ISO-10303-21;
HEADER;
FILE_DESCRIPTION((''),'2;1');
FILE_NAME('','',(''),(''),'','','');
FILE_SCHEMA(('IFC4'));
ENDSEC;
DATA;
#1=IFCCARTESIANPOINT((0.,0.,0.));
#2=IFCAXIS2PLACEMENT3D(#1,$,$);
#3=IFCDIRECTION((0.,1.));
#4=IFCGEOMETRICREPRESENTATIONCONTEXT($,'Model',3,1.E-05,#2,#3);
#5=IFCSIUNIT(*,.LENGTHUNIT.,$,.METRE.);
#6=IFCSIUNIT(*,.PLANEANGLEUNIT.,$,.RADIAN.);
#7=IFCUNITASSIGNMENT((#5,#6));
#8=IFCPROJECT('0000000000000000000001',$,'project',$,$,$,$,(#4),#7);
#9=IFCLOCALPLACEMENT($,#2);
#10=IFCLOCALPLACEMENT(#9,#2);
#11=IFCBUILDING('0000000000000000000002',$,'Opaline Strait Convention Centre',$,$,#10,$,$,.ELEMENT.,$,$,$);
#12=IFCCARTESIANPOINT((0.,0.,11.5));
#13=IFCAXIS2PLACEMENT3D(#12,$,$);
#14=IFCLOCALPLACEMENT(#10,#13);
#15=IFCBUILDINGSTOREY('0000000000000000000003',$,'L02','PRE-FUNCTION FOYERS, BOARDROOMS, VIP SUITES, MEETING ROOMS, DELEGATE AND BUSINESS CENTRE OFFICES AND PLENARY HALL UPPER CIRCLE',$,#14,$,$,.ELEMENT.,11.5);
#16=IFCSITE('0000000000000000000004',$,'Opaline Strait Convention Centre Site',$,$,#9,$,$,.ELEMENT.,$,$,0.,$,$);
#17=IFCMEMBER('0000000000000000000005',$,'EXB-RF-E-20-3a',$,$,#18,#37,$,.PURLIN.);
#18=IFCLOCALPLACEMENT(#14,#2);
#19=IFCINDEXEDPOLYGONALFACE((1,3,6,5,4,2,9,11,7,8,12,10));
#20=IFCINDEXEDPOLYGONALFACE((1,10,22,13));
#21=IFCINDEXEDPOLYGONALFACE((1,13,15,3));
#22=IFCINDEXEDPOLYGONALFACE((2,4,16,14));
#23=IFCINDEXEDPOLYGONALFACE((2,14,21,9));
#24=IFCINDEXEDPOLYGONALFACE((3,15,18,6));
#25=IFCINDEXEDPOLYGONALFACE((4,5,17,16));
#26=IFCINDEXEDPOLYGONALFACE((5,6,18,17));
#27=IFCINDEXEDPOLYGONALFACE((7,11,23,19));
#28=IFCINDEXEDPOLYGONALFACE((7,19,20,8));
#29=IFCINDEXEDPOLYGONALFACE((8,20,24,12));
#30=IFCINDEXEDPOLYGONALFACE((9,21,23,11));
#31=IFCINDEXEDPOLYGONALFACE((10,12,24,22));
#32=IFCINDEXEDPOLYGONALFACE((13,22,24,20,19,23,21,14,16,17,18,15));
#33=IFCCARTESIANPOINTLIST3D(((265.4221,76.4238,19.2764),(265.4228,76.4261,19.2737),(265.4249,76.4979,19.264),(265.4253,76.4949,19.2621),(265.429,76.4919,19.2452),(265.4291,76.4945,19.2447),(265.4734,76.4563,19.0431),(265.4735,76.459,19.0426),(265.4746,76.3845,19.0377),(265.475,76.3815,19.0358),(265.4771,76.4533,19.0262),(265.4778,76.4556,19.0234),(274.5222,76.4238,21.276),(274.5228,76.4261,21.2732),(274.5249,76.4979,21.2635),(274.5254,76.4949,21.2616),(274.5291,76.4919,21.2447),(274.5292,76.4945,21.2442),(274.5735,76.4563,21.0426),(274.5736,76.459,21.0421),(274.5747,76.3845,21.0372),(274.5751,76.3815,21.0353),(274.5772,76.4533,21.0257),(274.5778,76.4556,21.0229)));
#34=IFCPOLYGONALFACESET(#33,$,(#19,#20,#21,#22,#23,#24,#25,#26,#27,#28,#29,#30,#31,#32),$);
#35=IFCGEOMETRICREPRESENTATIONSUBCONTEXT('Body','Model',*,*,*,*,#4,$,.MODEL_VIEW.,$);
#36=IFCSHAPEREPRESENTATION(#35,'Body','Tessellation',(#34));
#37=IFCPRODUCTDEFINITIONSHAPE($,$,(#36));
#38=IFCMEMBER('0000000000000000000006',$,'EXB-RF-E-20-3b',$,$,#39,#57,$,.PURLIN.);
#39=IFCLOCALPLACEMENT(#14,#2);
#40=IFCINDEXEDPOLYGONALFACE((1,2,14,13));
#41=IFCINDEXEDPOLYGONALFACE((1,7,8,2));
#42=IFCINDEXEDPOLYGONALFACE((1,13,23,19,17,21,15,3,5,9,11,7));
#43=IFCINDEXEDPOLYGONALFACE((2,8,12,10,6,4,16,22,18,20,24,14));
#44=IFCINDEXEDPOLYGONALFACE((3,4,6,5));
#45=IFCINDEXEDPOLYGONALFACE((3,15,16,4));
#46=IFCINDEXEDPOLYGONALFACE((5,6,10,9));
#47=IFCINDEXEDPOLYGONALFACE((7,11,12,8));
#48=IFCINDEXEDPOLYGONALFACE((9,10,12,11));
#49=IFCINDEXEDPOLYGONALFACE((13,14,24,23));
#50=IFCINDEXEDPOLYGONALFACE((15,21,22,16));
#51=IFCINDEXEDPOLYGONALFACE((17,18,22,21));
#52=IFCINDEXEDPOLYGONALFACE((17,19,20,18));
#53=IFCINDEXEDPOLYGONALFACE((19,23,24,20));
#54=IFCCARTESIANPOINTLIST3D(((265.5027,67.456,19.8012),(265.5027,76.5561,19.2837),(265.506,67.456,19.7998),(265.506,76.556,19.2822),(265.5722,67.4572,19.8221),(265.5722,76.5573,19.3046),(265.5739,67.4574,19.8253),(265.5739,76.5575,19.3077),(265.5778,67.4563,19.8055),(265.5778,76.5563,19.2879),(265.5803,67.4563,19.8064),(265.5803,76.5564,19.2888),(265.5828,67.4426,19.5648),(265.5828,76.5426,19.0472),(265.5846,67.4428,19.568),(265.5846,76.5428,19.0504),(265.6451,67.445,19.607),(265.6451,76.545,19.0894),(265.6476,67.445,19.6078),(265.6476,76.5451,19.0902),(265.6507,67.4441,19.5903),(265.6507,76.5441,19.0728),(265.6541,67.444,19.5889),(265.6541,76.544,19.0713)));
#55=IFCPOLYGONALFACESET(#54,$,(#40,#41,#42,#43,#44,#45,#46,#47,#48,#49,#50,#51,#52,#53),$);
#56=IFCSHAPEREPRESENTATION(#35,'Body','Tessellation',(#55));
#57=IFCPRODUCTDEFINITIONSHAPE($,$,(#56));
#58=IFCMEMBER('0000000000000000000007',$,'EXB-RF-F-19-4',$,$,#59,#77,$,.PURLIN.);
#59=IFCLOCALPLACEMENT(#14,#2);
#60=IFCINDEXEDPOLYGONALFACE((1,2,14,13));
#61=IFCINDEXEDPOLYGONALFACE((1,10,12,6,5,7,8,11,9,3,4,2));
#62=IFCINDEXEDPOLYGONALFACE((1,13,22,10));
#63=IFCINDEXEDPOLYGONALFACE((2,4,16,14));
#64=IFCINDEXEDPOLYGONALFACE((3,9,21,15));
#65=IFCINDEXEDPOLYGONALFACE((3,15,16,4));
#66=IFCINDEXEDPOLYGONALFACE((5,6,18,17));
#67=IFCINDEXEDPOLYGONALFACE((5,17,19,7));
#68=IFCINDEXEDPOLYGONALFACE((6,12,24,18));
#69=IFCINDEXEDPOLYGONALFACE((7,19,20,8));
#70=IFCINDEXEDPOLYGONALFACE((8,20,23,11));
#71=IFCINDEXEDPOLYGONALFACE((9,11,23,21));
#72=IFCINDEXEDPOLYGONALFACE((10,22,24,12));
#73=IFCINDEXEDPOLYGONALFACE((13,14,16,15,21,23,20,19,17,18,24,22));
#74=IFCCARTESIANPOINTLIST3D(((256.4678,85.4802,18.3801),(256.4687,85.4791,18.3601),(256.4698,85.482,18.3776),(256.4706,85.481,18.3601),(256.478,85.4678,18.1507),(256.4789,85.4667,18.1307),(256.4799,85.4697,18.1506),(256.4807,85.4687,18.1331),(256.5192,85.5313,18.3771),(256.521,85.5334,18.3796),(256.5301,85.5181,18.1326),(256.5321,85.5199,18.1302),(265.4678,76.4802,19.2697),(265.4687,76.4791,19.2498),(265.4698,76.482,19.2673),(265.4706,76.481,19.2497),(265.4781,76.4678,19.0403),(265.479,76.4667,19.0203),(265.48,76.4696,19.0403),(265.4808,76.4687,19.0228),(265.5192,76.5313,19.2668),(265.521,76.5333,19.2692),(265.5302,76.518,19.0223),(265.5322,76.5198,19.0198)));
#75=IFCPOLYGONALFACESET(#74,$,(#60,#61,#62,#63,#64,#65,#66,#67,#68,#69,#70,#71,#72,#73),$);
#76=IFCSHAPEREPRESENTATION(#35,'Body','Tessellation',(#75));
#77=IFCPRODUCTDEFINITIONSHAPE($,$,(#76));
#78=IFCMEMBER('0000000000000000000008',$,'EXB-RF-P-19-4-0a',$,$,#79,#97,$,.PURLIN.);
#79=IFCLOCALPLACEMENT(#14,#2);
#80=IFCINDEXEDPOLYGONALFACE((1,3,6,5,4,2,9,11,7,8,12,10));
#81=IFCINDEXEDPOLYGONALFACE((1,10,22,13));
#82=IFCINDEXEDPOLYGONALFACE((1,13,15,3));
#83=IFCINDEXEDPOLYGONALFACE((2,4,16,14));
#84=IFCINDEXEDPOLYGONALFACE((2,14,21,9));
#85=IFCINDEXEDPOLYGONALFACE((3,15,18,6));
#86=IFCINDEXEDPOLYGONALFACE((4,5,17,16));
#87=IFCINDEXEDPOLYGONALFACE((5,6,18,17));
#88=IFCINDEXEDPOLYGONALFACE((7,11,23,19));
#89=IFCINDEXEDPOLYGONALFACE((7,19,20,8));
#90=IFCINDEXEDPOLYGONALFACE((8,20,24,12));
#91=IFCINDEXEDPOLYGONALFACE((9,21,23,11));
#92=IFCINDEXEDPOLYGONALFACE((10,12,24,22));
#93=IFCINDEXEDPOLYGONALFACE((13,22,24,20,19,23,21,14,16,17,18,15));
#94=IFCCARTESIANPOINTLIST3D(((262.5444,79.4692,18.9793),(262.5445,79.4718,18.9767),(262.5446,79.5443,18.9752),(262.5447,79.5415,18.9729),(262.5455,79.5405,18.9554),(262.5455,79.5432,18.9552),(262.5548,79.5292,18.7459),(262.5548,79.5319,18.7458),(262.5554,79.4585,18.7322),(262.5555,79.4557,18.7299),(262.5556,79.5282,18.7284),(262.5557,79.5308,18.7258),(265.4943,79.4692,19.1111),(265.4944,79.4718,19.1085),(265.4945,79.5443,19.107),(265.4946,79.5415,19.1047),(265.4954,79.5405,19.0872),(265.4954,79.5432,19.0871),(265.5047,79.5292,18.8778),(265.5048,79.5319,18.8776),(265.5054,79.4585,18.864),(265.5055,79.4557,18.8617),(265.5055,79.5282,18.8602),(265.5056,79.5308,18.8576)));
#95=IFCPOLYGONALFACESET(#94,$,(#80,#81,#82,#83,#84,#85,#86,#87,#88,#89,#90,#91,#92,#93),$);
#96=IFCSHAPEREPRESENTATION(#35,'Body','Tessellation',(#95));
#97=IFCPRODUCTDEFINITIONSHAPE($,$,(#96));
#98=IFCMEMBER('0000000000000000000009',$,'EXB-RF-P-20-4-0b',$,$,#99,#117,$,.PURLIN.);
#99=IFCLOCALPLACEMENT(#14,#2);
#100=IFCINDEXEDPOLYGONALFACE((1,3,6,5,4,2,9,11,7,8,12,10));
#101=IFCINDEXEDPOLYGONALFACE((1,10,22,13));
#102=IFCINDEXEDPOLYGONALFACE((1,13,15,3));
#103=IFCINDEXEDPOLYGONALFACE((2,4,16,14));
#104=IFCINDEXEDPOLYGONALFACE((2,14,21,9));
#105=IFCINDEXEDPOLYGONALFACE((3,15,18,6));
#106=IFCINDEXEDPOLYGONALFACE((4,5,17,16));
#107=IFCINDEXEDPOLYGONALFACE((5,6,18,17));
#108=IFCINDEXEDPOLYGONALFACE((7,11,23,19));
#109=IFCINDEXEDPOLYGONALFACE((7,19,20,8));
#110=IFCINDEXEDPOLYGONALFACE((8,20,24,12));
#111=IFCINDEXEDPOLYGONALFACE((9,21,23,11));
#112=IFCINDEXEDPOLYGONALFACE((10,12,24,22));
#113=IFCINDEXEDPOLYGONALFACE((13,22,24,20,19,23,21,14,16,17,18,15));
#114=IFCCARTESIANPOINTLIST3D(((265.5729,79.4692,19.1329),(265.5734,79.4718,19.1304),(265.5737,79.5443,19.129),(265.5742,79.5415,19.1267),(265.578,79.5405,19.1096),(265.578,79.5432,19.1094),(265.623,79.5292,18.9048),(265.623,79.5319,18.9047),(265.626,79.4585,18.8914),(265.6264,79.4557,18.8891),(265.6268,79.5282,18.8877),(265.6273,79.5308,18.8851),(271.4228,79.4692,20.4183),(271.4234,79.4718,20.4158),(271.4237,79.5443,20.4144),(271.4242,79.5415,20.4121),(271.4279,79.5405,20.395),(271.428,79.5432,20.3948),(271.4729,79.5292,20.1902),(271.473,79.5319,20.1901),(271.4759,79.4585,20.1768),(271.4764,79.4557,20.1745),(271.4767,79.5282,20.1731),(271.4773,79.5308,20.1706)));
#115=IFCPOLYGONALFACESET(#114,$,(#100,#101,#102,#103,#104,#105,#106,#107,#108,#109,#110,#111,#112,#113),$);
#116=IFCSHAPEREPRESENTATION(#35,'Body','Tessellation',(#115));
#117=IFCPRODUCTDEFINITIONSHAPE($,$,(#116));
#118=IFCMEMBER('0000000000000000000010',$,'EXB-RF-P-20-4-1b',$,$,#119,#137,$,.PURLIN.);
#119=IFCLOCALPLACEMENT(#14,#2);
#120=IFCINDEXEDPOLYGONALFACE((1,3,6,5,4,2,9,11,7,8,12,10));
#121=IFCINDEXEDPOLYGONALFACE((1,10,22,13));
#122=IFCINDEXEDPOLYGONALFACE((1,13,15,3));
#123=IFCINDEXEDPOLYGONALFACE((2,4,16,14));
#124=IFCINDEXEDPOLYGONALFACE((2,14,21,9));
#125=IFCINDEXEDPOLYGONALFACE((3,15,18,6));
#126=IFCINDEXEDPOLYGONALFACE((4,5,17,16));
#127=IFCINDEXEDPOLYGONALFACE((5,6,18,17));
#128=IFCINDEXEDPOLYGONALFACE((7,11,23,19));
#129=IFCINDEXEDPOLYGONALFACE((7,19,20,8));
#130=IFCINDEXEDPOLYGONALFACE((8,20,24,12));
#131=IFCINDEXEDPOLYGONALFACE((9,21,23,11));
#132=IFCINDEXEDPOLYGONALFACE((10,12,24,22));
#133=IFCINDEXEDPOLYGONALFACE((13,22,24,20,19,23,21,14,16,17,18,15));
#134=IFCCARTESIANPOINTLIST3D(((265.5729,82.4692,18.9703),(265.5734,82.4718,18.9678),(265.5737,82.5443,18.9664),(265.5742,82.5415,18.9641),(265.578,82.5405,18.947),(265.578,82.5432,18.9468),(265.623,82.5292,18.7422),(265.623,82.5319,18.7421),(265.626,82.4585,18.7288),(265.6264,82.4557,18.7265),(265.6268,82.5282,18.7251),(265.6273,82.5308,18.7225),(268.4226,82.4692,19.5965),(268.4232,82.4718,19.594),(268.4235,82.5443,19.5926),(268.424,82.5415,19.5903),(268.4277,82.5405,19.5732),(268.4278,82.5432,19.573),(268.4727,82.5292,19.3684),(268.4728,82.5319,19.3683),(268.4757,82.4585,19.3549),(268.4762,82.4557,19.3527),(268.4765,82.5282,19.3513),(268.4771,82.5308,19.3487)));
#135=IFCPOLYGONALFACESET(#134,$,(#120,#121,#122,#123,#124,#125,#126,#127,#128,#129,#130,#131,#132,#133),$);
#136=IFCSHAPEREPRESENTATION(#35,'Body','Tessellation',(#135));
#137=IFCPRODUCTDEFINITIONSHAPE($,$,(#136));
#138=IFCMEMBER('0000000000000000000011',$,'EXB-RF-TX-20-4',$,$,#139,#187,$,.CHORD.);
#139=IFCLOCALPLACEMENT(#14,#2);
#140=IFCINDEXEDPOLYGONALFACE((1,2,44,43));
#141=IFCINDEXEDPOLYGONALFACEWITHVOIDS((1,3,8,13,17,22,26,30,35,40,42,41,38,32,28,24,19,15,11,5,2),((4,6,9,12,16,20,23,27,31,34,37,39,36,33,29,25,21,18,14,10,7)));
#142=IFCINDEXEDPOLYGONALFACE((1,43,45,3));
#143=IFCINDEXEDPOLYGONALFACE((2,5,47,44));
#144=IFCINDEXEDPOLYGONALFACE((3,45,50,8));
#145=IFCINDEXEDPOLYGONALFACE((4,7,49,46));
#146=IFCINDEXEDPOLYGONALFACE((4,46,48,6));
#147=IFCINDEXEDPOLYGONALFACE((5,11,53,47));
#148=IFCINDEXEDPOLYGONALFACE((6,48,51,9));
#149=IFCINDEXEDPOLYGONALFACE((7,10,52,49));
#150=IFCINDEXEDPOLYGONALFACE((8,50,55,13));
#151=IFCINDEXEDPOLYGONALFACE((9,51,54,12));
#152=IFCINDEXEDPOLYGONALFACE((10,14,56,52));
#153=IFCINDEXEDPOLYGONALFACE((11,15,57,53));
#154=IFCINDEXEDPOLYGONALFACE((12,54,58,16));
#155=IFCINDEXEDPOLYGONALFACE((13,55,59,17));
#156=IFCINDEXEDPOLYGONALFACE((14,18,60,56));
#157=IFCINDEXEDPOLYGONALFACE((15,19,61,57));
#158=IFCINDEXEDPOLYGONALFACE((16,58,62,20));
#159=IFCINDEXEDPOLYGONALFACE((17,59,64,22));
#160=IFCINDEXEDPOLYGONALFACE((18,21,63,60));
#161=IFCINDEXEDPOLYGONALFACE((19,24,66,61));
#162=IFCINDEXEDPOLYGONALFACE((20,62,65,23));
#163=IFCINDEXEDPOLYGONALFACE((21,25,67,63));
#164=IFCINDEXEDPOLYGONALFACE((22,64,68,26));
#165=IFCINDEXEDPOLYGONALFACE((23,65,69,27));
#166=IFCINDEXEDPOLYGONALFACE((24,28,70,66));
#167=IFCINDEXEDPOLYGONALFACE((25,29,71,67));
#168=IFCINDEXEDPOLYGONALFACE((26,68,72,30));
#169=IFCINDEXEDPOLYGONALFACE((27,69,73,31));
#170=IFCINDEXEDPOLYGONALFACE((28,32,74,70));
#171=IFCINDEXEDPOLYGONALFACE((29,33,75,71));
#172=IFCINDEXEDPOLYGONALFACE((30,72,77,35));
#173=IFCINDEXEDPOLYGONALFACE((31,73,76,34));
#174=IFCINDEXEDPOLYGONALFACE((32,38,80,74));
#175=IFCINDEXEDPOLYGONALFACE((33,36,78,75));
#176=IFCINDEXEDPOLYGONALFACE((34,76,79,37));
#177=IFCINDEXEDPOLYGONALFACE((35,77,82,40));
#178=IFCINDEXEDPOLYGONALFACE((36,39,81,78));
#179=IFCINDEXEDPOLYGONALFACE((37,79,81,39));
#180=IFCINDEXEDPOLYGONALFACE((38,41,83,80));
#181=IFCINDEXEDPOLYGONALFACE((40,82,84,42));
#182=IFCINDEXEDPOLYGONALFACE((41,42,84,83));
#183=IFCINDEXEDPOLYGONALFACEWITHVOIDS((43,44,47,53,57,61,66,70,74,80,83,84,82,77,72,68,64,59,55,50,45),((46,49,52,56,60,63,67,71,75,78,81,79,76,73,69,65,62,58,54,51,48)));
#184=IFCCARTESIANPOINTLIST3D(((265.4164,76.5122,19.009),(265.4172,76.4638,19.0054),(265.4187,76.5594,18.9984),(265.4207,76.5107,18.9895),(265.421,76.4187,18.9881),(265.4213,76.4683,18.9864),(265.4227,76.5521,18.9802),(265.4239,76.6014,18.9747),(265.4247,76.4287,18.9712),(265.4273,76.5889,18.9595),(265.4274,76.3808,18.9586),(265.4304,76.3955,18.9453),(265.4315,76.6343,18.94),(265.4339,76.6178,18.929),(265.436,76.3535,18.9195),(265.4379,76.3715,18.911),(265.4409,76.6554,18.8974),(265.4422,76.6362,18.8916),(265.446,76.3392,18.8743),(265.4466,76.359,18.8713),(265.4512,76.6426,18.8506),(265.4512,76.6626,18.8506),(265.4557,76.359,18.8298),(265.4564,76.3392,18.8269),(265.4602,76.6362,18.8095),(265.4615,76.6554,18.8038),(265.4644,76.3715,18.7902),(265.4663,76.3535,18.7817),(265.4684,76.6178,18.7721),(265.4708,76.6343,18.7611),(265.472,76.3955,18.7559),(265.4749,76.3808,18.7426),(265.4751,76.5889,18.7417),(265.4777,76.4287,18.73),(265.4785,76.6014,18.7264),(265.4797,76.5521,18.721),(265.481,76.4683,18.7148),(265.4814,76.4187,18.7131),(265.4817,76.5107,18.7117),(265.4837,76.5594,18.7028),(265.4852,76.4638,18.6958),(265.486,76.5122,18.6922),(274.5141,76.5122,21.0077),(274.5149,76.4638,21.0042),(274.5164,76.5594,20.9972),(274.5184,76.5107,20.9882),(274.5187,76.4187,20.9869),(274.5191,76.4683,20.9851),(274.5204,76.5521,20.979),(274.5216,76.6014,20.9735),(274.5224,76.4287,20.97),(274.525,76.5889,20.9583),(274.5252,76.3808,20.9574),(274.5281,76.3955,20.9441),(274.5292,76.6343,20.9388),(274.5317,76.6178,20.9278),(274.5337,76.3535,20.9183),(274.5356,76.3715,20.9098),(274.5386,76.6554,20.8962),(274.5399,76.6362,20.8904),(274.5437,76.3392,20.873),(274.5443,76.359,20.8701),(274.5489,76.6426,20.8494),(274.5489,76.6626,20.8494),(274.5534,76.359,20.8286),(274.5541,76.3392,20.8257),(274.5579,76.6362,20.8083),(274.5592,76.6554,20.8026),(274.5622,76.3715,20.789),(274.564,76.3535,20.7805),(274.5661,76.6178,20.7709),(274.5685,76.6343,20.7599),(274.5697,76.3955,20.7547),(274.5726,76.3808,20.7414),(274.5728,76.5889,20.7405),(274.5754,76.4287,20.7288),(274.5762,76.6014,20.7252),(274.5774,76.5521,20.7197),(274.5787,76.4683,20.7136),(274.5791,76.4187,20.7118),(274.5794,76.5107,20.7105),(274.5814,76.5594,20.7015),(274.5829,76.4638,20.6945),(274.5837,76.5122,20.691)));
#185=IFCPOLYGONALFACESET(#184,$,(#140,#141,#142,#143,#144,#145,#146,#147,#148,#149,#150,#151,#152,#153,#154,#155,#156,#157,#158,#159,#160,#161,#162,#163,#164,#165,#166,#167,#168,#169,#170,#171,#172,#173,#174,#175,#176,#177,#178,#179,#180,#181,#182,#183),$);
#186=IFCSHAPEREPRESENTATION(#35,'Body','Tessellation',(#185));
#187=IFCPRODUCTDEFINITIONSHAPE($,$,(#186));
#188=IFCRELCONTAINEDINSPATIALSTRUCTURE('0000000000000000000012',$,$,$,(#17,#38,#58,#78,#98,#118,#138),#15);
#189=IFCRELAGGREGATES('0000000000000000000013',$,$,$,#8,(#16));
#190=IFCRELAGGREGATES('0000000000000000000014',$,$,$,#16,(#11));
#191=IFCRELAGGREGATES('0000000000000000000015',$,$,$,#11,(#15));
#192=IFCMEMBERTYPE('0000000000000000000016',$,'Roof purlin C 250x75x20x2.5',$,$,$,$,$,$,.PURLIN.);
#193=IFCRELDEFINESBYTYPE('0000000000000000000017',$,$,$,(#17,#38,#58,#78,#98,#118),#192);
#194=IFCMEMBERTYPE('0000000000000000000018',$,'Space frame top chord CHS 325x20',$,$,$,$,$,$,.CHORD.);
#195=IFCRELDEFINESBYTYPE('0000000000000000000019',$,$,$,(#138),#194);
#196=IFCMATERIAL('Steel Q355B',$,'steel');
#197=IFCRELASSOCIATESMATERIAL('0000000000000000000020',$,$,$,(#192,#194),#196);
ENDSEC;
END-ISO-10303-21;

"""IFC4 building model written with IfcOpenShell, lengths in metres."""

from ifc_helpers import new_model, si_unit, direction, frame, origin, origin_2d, place, context, subcontext, project, spatial, polyline, hollow_circle, outline, extrude, material, material_profile, profile_set, type_object, element, save


model = new_model("IFC4")

# Units and contexts
model_context = context("Model", 3, precision=1e-05, world=origin(), true_north=direction((0.0, 1.0)))
body_context = subcontext(model_context, "Body", "Model", "MODEL_VIEW")
ifc_project = project(units=[si_unit("LENGTHUNIT", "METRE"), si_unit("PLANEANGLEUNIT", "RADIAN")], contexts=[model_context])

# Site, building, storey
site_placement = place(None, origin())
site = spatial("IfcSite", under=ifc_project, at=site_placement, Name="Opaline Strait Convention Centre Site", CompositionType="ELEMENT", RefElevation=0.0)
building_placement = place(site_placement, origin())
building = spatial("IfcBuilding", under=site, at=building_placement, Name="Opaline Strait Convention Centre", CompositionType="ELEMENT")
storey_placement = place(building_placement, frame((0.0, 0.0, 11.5)))
storey = spatial("IfcBuildingStorey", under=building, at=storey_placement, Name="L02", Description="PRE-FUNCTION FOYERS, BOARDROOMS, VIP SUITES, MEETING ROOMS, DELEGATE AND BUSINESS CENTRE OFFICES AND PLENARY HALL UPPER CIRCLE", CompositionType="ELEMENT", Elevation=11.5)

# Members
ifc_material_1 = material(Name="Steel Q355B", Category="steel")
ifc_material_profile_1 = material_profile(ifc_material_1, outline(polyline([(-0.0376, -0.125), (0.0376, -0.125), (0.0376, -0.105), (0.0349, -0.105), (0.0349, -0.1226), (-0.0349, -0.1226), (-0.0349, 0.1226), (0.0349, 0.1226), (0.0349, 0.105), (0.0376, 0.105), (0.0376, 0.125), (-0.0376, 0.125), (-0.0376, -0.125)])), Name="C 250x75x20x2.5")
ifc_profile_set_1 = profile_set([ifc_material_profile_1], Name="Steel Q355B")
member_type_1 = type_object("IfcMemberType", Name="Roof purlin C 250x75x20x2.5", PredefinedType="PURLIN", material=ifc_profile_set_1)
member_1_placement = place(storey_placement, frame((265.45, 76.4397, 19.1499), z_axis=(0.976701, 0.0, 0.214605), x_axis=(0.036376, 0.98553, -0.165553)))
element("IfcMember", 1, at=member_1_placement, inside=storey, type_object=member_type_1, Name="EXB-RF-E-20-3a", PredefinedType="PURLIN", context=body_context, shape_type="SweptSolid", body=[
    extrude(outline(polyline([(-0.0376, -0.125), (0.0376, -0.125), (0.0376, -0.105), (0.0349, -0.105), (0.0349, -0.1226), (-0.0349, -0.1226), (-0.0349, 0.1226), (0.0349, 0.1226), (0.0349, 0.105), (0.0376, 0.105), (0.0376, 0.125), (-0.0376, 0.125), (-0.0376, -0.125)])), origin(), (0.0, 0.0, 1.0), 9.3171),
])
member_2_placement = place(storey_placement, frame((265.5784, 76.55, 19.1775), z_axis=(0.0, -0.998386, 0.056784), x_axis=(0.947232, 0.018202, 0.320033)))
element("IfcMember", 2, at=member_2_placement, inside=storey, type_object=member_type_1, Name="EXB-RF-E-20-3b", PredefinedType="PURLIN", context=body_context, shape_type="SweptSolid", body=[
    extrude(outline(polyline([(-0.0376, -0.125), (0.0376, -0.125), (0.0376, -0.105), (0.0349, -0.105), (0.0349, -0.1226), (-0.0349, -0.1226), (-0.0349, 0.1226), (0.0349, 0.1226), (0.0349, 0.105), (0.0376, 0.105), (0.0376, 0.125), (-0.0376, 0.125), (-0.0376, -0.125)])), origin(), (0.0, 0.0, 1.0), 9.1147),
])
member_3_placement = place(storey_placement, frame((265.5, 76.5, 19.1448), z_axis=(-0.705386, 0.705386, -0.069727), x_axis=(-0.707423, -0.706758, 0.006724)))
element("IfcMember", 3, at=member_3_placement, inside=storey, type_object=member_type_1, Name="EXB-RF-F-19-4", PredefinedType="PURLIN", context=body_context, shape_type="SweptSolid", body=[
    extrude(outline(polyline([(-0.0376, -0.125), (0.0376, -0.125), (0.0376, -0.105), (0.0349, -0.105), (0.0349, -0.1226), (-0.0349, -0.1226), (-0.0349, 0.1226), (0.0349, 0.1226), (0.0349, 0.105), (0.0376, 0.105), (0.0376, 0.125), (-0.0376, 0.125), (-0.0376, -0.125)])), origin(), (0.0, 0.0, 1.0), 12.759),
])
member_4_placement = place(storey_placement, frame((262.55, 79.5, 18.8525), z_axis=(0.999003, 0.0, 0.044646), x_axis=(0.002417, 0.998534, -0.054074)))
element("IfcMember", 4, at=member_4_placement, inside=storey, type_object=member_type_1, Name="EXB-RF-P-19-4-0a", PredefinedType="PURLIN", context=body_context, shape_type="SweptSolid", body=[
    extrude(outline(polyline([(-0.0376, -0.125), (0.0376, -0.125), (0.0376, -0.105), (0.0349, -0.105), (0.0349, -0.1226), (-0.0349, -0.1226), (-0.0349, 0.1226), (0.0349, 0.1226), (0.0349, 0.105), (0.0376, 0.105), (0.0376, 0.125), (-0.0376, 0.125), (-0.0376, -0.125)])), origin(), (0.0, 0.0, 1.0), 2.9529),
])
member_5_placement = place(storey_placement, frame((265.6001, 79.5, 19.009), z_axis=(0.976699, 0.0, 0.214612), x_axis=(0.011616, 0.998534, -0.052866)))
element("IfcMember", 5, at=member_5_placement, inside=storey, type_object=member_type_1, Name="EXB-RF-P-20-4-0b", PredefinedType="PURLIN", context=body_context, shape_type="SweptSolid", body=[
    extrude(outline(polyline([(-0.0376, -0.125), (0.0376, -0.125), (0.0376, -0.105), (0.0349, -0.105), (0.0349, -0.1226), (-0.0349, -0.1226), (-0.0349, 0.1226), (0.0349, 0.1226), (0.0349, 0.105), (0.0376, 0.105), (0.0376, 0.125), (-0.0376, 0.125), (-0.0376, -0.125)])), origin(), (0.0, 0.0, 1.0), 5.9895),
])
member_6_placement = place(storey_placement, frame((265.6001, 82.5, 18.8464), z_axis=(0.976698, 0.0, 0.214618), x_axis=(0.011617, 0.998534, -0.052866)))
element("IfcMember", 6, at=member_6_placement, inside=storey, type_object=member_type_1, Name="EXB-RF-P-20-4-1b", PredefinedType="PURLIN", context=body_context, shape_type="SweptSolid", body=[
    extrude(outline(polyline([(-0.0376, -0.125), (0.0376, -0.125), (0.0376, -0.105), (0.0349, -0.105), (0.0349, -0.1226), (-0.0349, -0.1226), (-0.0349, 0.1226), (0.0349, 0.1226), (0.0349, 0.105), (0.0376, 0.105), (0.0376, 0.125), (-0.0376, 0.125), (-0.0376, -0.125)])), origin(), (0.0, 0.0, 1.0), 2.9177),
])
ifc_material_profile_2 = material_profile(ifc_material_1, hollow_circle(Radius=0.1626, WallThickness=0.02, at=origin_2d()), Name="CHS 325x20")
ifc_profile_set_2 = profile_set([ifc_material_profile_2], Name="Steel Q355B")
member_type_2 = type_object("IfcMemberType", Name="Space frame top chord CHS 325x20", PredefinedType="CHORD", material=ifc_profile_set_2)
member_7_placement = place(storey_placement, frame((265.4512, 76.5, 18.8506), z_axis=(0.976705, 0.0, 0.214585), x_axis=(0.0, 1.0, 0.0)))
element("IfcMember", 7, at=member_7_placement, inside=storey, type_object=member_type_2, Name="EXB-RF-TX-20-4", PredefinedType="CHORD", context=body_context, shape_type="SweptSolid", body=[
    extrude(hollow_circle(Radius=0.1626, WallThickness=0.02, at=origin_2d()), origin(), (0.0, 0.0, 1.0), 9.3147),
])

save(model, "model.ifc")
